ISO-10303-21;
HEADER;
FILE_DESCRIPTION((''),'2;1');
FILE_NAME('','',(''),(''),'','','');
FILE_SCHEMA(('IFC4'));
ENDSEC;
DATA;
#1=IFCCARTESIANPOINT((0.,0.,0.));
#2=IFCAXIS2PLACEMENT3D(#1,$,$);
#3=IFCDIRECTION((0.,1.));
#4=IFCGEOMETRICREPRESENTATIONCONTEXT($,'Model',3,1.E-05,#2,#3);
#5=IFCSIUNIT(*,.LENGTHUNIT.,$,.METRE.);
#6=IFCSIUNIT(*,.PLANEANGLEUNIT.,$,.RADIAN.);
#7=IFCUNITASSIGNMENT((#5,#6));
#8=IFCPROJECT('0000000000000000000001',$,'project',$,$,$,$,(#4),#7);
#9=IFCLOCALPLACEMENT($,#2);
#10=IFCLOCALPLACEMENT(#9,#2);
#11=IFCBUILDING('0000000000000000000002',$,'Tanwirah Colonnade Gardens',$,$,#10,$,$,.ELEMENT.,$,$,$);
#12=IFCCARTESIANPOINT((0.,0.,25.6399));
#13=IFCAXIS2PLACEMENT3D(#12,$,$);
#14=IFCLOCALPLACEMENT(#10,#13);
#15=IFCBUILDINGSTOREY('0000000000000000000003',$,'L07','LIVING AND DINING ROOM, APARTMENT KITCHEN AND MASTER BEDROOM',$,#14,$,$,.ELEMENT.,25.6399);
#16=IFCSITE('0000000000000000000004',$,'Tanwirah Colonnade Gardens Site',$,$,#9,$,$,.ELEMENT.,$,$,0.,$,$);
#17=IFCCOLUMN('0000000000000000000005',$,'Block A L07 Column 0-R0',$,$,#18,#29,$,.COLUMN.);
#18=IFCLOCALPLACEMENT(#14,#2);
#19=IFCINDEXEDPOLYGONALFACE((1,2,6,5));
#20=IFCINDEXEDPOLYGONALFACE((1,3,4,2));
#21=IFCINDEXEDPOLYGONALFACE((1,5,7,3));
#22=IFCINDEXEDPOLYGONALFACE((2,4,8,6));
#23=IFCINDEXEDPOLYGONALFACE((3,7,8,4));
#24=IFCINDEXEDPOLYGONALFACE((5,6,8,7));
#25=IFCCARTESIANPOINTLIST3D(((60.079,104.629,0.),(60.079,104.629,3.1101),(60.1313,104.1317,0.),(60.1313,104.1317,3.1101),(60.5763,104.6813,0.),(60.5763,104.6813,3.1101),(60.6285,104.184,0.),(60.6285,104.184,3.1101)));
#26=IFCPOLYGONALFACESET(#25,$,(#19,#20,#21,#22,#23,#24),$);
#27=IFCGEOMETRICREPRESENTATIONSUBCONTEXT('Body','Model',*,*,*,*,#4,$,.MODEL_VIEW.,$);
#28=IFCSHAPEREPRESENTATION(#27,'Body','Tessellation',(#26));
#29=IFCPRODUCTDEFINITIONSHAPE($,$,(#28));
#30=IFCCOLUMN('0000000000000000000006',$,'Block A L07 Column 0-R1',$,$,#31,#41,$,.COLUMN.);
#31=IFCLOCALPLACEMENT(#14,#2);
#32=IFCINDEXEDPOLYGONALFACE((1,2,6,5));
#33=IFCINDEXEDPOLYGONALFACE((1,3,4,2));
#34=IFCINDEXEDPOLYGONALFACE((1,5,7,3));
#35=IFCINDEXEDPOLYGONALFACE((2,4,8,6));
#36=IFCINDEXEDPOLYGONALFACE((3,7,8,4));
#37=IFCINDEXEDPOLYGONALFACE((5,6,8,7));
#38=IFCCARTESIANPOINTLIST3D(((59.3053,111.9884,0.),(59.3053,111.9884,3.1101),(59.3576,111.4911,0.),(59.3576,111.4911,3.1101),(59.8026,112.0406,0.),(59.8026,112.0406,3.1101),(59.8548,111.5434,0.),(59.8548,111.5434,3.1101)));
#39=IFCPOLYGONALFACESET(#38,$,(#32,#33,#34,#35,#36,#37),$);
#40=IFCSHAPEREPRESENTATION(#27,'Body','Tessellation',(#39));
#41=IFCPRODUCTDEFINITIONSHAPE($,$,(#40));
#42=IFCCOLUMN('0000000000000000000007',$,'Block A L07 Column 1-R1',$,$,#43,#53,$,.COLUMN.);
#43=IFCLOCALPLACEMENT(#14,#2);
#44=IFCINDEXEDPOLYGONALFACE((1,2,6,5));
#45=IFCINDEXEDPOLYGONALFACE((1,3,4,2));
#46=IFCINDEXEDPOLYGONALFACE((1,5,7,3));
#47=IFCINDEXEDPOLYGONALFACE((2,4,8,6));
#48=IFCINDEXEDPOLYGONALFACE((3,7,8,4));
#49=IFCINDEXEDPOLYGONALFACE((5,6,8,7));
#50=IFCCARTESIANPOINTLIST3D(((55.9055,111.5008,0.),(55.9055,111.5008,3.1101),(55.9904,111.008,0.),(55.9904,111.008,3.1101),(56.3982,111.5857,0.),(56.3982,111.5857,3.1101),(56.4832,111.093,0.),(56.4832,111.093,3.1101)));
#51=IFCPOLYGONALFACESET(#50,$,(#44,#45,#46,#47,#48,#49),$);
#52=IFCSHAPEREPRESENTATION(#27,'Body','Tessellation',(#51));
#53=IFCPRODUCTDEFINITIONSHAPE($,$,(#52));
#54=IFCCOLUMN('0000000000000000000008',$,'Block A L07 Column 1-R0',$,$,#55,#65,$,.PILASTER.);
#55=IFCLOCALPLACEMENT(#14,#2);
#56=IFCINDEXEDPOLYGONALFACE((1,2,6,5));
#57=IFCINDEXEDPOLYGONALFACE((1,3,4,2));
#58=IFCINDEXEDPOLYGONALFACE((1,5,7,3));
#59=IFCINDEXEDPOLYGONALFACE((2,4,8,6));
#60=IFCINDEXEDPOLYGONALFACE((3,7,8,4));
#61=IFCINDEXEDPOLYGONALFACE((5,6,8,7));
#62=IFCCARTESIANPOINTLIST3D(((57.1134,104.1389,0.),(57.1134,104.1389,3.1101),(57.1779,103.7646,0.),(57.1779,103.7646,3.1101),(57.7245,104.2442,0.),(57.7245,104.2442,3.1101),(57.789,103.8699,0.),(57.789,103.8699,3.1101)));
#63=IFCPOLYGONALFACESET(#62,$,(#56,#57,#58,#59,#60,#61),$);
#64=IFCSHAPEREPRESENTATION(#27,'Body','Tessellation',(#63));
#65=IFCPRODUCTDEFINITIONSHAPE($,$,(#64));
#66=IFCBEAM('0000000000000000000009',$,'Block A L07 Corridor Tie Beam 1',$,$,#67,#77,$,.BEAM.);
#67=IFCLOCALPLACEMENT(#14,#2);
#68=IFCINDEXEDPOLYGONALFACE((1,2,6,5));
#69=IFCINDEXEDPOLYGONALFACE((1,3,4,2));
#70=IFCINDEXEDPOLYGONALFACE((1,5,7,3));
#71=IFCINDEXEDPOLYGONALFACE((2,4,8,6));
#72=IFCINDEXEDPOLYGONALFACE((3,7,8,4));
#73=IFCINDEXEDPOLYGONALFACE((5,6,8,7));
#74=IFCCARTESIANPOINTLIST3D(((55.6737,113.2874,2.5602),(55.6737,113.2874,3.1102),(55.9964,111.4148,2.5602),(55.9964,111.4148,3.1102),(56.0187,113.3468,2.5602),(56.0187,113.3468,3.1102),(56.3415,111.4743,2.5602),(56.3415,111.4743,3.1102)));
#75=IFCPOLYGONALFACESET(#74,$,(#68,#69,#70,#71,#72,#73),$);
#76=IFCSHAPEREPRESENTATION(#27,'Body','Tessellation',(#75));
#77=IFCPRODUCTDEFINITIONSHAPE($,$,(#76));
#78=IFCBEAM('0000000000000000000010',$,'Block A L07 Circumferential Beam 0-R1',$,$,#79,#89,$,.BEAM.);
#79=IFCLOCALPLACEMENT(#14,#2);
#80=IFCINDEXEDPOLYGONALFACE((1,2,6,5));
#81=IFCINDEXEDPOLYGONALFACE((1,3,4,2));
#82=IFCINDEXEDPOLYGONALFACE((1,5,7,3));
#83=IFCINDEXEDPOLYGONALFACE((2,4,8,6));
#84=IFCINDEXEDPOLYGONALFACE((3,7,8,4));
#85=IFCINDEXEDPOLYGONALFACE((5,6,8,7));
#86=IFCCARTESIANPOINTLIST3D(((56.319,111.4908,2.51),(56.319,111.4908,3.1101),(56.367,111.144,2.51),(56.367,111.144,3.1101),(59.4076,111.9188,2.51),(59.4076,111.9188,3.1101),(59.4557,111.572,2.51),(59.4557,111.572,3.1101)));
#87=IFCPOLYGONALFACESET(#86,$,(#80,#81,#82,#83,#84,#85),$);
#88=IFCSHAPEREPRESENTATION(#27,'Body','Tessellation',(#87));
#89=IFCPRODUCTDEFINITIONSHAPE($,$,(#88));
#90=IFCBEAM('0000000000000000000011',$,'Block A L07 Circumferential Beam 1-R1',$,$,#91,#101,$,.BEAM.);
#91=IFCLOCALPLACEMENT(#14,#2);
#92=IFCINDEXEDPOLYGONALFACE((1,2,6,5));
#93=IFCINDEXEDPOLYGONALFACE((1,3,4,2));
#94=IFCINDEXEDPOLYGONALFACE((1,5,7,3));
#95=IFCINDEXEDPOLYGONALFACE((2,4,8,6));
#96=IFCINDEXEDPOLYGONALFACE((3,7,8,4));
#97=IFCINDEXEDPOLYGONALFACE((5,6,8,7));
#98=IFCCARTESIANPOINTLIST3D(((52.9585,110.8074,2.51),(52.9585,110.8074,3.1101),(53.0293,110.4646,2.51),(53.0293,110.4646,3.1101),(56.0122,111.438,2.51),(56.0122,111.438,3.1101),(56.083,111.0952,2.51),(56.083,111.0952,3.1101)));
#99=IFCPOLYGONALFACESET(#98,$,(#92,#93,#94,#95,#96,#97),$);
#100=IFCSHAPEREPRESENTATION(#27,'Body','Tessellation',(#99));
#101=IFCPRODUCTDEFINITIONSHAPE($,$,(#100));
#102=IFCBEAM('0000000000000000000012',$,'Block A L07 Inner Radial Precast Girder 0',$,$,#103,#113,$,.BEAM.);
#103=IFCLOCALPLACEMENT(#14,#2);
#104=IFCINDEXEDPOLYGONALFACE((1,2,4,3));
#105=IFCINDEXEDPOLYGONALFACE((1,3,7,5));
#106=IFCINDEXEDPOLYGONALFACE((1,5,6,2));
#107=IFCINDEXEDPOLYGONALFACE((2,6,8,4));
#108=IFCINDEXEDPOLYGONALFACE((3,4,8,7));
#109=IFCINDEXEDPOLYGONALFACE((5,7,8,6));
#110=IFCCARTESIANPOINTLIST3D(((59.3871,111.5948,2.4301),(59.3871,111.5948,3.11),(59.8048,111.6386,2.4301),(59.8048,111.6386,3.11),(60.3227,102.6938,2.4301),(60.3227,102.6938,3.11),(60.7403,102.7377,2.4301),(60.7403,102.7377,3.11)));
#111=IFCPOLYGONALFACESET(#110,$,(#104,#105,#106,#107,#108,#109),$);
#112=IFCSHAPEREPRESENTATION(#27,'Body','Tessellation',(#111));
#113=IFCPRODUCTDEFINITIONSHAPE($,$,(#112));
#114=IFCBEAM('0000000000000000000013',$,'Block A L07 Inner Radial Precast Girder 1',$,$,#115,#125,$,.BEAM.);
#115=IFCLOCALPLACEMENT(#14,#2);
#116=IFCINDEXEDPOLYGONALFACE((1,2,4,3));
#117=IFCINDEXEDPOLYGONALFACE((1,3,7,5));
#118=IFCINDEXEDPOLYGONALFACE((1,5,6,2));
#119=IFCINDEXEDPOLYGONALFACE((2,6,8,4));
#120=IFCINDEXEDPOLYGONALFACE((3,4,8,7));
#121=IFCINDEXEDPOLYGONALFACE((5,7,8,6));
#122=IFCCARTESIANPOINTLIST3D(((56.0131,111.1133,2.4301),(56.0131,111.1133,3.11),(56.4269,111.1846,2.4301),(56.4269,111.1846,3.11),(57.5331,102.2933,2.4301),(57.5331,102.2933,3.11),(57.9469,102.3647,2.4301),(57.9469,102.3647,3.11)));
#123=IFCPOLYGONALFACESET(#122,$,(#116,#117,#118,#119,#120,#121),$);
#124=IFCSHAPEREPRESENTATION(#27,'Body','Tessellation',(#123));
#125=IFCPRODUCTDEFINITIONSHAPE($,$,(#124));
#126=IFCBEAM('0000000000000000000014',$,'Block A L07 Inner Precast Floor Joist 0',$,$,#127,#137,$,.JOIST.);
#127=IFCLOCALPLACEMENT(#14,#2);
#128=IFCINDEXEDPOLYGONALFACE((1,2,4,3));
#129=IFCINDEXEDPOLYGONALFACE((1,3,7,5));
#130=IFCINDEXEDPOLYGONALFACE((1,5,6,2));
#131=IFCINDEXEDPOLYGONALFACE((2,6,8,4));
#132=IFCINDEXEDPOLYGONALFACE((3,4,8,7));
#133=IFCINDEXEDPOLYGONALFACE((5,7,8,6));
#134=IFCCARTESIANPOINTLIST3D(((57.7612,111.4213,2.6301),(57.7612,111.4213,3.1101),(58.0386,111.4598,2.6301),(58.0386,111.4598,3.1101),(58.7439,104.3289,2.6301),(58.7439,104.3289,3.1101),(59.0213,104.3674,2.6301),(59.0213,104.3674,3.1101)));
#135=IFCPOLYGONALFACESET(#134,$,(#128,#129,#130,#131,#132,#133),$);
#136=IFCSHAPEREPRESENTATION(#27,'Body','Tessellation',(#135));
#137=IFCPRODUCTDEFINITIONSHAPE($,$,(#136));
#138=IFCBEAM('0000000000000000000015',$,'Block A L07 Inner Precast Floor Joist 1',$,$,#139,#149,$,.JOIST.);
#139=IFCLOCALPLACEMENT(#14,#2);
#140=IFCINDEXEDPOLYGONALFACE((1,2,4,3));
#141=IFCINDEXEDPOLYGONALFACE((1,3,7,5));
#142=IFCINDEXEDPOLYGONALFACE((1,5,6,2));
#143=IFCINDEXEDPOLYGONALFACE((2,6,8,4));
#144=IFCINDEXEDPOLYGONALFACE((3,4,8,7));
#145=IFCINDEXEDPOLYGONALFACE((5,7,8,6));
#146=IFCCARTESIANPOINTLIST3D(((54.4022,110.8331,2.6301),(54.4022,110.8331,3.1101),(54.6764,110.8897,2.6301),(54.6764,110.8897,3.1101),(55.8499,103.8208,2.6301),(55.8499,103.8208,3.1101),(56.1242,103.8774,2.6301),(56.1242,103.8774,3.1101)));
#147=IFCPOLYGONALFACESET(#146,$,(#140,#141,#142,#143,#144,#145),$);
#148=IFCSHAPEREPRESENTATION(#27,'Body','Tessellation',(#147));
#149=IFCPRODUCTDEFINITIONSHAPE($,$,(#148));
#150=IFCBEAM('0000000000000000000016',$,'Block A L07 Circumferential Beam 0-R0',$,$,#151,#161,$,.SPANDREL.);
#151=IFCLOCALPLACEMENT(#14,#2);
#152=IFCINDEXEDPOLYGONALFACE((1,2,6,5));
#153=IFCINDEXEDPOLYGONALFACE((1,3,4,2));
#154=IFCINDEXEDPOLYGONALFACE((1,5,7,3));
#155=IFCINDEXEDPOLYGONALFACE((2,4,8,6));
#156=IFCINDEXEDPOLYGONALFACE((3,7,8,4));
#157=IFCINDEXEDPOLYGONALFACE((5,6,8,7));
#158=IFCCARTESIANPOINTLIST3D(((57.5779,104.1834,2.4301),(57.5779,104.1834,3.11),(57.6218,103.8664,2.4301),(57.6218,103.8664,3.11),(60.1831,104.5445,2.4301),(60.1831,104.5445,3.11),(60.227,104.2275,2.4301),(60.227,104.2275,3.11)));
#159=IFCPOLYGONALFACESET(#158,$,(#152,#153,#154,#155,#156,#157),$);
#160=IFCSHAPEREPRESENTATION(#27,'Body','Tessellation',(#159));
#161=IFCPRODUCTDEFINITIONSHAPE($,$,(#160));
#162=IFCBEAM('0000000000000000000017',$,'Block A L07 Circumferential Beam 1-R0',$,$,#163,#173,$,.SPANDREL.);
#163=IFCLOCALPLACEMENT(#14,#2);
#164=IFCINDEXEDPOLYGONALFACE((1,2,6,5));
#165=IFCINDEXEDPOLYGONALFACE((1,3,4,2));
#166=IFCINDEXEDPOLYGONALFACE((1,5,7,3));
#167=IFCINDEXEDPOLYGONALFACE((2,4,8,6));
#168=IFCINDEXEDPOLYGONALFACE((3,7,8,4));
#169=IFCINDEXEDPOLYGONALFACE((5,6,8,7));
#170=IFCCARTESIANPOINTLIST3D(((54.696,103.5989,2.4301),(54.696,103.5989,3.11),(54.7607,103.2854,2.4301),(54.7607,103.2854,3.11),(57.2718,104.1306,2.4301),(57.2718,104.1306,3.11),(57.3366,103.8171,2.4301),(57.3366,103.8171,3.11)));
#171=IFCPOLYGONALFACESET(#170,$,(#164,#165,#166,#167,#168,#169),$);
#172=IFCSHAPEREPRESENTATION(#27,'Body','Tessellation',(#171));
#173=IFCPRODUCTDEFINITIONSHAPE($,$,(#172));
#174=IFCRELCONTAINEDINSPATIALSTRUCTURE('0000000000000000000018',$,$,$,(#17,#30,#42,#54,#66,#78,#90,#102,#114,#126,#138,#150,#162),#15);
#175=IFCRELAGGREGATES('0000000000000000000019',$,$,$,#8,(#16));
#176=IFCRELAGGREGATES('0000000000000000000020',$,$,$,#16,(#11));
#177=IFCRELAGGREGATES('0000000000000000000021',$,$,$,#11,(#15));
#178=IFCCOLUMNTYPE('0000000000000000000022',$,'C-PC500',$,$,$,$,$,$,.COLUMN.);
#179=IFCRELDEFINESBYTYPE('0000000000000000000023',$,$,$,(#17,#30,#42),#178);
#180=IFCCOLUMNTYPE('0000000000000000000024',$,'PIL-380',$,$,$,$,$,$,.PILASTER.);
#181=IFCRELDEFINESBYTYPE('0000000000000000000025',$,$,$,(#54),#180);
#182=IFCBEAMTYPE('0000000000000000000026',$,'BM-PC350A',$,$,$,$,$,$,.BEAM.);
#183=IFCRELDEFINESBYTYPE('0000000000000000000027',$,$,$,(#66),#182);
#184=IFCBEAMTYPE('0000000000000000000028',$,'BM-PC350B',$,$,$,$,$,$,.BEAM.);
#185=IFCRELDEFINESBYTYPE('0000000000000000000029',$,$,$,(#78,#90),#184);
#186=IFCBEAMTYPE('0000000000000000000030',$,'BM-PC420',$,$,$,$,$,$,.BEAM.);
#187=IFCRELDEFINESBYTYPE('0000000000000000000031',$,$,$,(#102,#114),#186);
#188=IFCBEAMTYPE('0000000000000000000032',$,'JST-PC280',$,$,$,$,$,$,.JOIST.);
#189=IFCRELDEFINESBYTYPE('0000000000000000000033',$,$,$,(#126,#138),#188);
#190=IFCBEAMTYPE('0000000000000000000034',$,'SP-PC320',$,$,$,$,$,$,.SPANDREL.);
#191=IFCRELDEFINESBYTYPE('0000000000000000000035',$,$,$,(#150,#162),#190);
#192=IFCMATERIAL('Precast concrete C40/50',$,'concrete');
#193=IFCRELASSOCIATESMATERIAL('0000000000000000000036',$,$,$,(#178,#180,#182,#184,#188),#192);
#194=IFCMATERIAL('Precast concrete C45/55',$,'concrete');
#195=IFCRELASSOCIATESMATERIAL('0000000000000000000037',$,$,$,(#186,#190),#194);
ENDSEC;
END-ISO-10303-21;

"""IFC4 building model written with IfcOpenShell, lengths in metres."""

from ifc_helpers import new_model, si_unit, direction, frame, origin, origin_2d, place, context, subcontext, project, spatial, rectangle, extrude, material, material_profile, profile_set, type_object, element, save


model = new_model("IFC4")

# Units and contexts
model_context = context("Model", 3, precision=1e-05, world=origin(), true_north=direction((0.0, 1.0)))
body_context = subcontext(model_context, "Body", "Model", "MODEL_VIEW")
ifc_project = project(units=[si_unit("LENGTHUNIT", "METRE"), si_unit("PLANEANGLEUNIT", "RADIAN")], contexts=[model_context])

# Site, building, storey
site_placement = place(None, origin())
site = spatial("IfcSite", under=ifc_project, at=site_placement, Name="Tanwirah Colonnade Gardens Site", CompositionType="ELEMENT", RefElevation=0.0)
building_placement = place(site_placement, origin())
building = spatial("IfcBuilding", under=site, at=building_placement, Name="Tanwirah Colonnade Gardens", CompositionType="ELEMENT")
storey_placement = place(building_placement, frame((0.0, 0.0, 25.6399)))
storey = spatial("IfcBuildingStorey", under=building, at=storey_placement, Name="L07", Description="LIVING AND DINING ROOM, APARTMENT KITCHEN AND MASTER BEDROOM", CompositionType="ELEMENT", Elevation=25.6399)

# Columns
ifc_material_1 = material(Name="Precast concrete C40/50", Category="concrete")
ifc_material_profile_1 = material_profile(ifc_material_1, rectangle(XDim=0.5, YDim=0.5, at=origin_2d()), Name="PC-COL 500x500")
ifc_profile_set_1 = profile_set([ifc_material_profile_1], Name="Precast concrete C40/50")
column_type_1 = type_object("IfcColumnType", Name="C-PC500", PredefinedType="COLUMN", material=ifc_profile_set_1)
for number, where, z_axis, x_axis, name in (
    (1, (60.3538, 104.4065, 0.0), (0.0, 0.0, 1.0), (-0.104528, 0.994522, 0.0), "Block A L07 Column 0-R0"),
    (2, (59.5801, 111.7659, 0.0), (0.0, 0.0, 1.0), (-0.104528, 0.994522, 0.0), "Block A L07 Column 0-R1"),
    (3, (56.1943, 111.2969, 0.0), (0.0, 0.0, 1.0), (-0.169827, 0.985474, 0.0), "Block A L07 Column 1-R1"),
):
    element("IfcColumn", number, at=place(storey_placement, frame(where, z_axis=z_axis, x_axis=x_axis)), inside=storey, type_object=column_type_1, Name=name, PredefinedType="COLUMN", context=body_context, shape_type="SweptSolid", body=[
        extrude(rectangle(XDim=0.5, YDim=0.5, at=origin_2d()), origin(), (0.0, 0.0, 1.0), 3.1101),
    ])
ifc_material_profile_2 = material_profile(ifc_material_1, rectangle(XDim=0.3799, YDim=0.6201, at=origin_2d()), Name="PC-PIL 380x620")
ifc_profile_set_2 = profile_set([ifc_material_profile_2], Name="Precast concrete C40/50")
column_type_2 = type_object("IfcColumnType", Name="PIL-380", PredefinedType="PILASTER", material=ifc_profile_set_2)
column_placement = place(storey_placement, frame((57.4512, 104.0044, 0.0), z_axis=(0.0, 0.0, 1.0), x_axis=(-0.169827, 0.985474, 0.0)))
element("IfcColumn", 4, at=column_placement, inside=storey, type_object=column_type_2, Name="Block A L07 Column 1-R0", PredefinedType="PILASTER", context=body_context, shape_type="SweptSolid", body=[
    extrude(rectangle(XDim=0.3799, YDim=0.6201, at=origin_2d()), origin(), (0.0, 0.0, 1.0), 3.1101),
])

# Beams
ifc_material_profile_3 = material_profile(ifc_material_1, rectangle(XDim=0.3501, YDim=0.55, at=origin_2d()), Name="PC-BM 350x550")
ifc_profile_set_3 = profile_set([ifc_material_profile_3], Name="Precast concrete C40/50")
beam_type_1 = type_object("IfcBeamType", Name="BM-PC350A", PredefinedType="BEAM", material=ifc_profile_set_3)
beam_placement = place(storey_placement, frame((56.1689, 111.4446, 2.8352), z_axis=(-0.169855, 0.985469, 0.0), x_axis=(-0.985469, -0.169855, 0.0)))
element("IfcBeam", 5, at=beam_placement, inside=storey, type_object=beam_type_1, Name="Block A L07 Corridor Tie Beam 1", PredefinedType="BEAM", context=body_context, shape_type="SweptSolid", body=[
    extrude(rectangle(XDim=0.3501, YDim=0.55, at=origin_2d()), origin(), (0.0, 0.0, 1.0), 1.9001),
])
ifc_material_profile_4 = material_profile(ifc_material_1, rectangle(XDim=0.3501, YDim=0.6001, at=origin_2d()), Name="PC-BM 350x600")
ifc_profile_set_4 = profile_set([ifc_material_profile_4], Name="Precast concrete C40/50")
beam_type_2 = type_object("IfcBeamType", Name="BM-PC350B", PredefinedType="BEAM", material=ifc_profile_set_4)
for number, where, z_axis, x_axis, name in (
    (6, (59.4316, 111.7454, 2.8101), (-0.990536, -0.137255, 0.0), (0.137255, -0.990536, 0.0), "Block A L07 Circumferential Beam 0-R1"),
    (7, (56.0476, 111.2666, 2.8101), (-0.979336, -0.202241, 0.0), (0.202241, -0.979336, 0.0), "Block A L07 Circumferential Beam 1-R1"),
):
    element("IfcBeam", number, at=place(storey_placement, frame(where, z_axis=z_axis, x_axis=x_axis)), inside=storey, type_object=beam_type_2, Name=name, PredefinedType="BEAM", context=body_context, shape_type="SweptSolid", body=[
        extrude(rectangle(XDim=0.3501, YDim=0.6001, at=origin_2d()), origin(), (0.0, 0.0, 1.0), 3.1182),
    ])
ifc_material_2 = material(Name="Precast concrete C45/55", Category="concrete")
ifc_material_profile_5 = material_profile(ifc_material_2, rectangle(XDim=0.4199, YDim=0.6799, at=origin_2d()), Name="PC-BM 420x680")
ifc_profile_set_5 = profile_set([ifc_material_profile_5], Name="Precast concrete C45/55")
beam_type_3 = type_object("IfcBeamType", Name="BM-PC420", PredefinedType="BEAM", material=ifc_profile_set_5)
for number, where, z_axis, x_axis, name in (
    (8, (59.5959, 111.6167, 2.77), (0.104531, -0.994522, 0.0), (0.994522, 0.104531, 0.0), "Block A L07 Inner Radial Precast Girder 0"),
    (9, (56.22, 111.1489, 2.77), (0.169837, -0.985472, 0.0), (0.985472, 0.169837, 0.0), "Block A L07 Inner Radial Precast Girder 1"),
):
    element("IfcBeam", number, at=place(storey_placement, frame(where, z_axis=z_axis, x_axis=x_axis)), inside=storey, type_object=beam_type_3, Name=name, PredefinedType="BEAM", context=body_context, shape_type="SweptSolid", body=[
        extrude(rectangle(XDim=0.4199, YDim=0.6799, at=origin_2d()), origin(), (0.0, 0.0, 1.0), 8.95),
    ])
ifc_material_profile_6 = material_profile(ifc_material_1, rectangle(XDim=0.28, YDim=0.48, at=origin_2d()), Name="PC-JST 280x480")
ifc_profile_set_6 = profile_set([ifc_material_profile_6], Name="Precast concrete C40/50")
beam_type_4 = type_object("IfcBeamType", Name="JST-PC280", PredefinedType="JOIST", material=ifc_profile_set_6)
for number, where, z_axis, x_axis, name in (
    (10, (58.8826, 104.3481, 2.8701), (-0.137243, 0.990537, 0.0), (-0.990537, -0.137243, 0.0), "Block A L07 Inner Precast Floor Joist 0"),
    (11, (55.9871, 103.8491, 2.8701), (-0.202197, 0.979345, 0.0), (-0.979345, -0.202197, 0.0), "Block A L07 Inner Precast Floor Joist 1"),
):
    element("IfcBeam", number, at=place(storey_placement, frame(where, z_axis=z_axis, x_axis=x_axis)), inside=storey, type_object=beam_type_4, Name=name, PredefinedType="JOIST", context=body_context, shape_type="SweptSolid", body=[
        extrude(rectangle(XDim=0.28, YDim=0.48, at=origin_2d()), origin(), (0.0, 0.0, 1.0), 7.1602),
    ])
ifc_material_profile_7 = material_profile(ifc_material_2, rectangle(XDim=0.3201, YDim=0.6799, at=origin_2d()), Name="PC-SP 320x680")
ifc_profile_set_7 = profile_set([ifc_material_profile_7], Name="Precast concrete C45/55")
beam_type_5 = type_object("IfcBeamType", Name="SP-PC320", PredefinedType="SPANDREL", material=ifc_profile_set_7)
for number, where, z_axis, x_axis, name in (
    (12, (60.2051, 104.386, 2.77), (-0.990531, -0.137288, 0.0), (0.137288, -0.990531, 0.0), "Block A L07 Circumferential Beam 0-R0"),
    (13, (57.3042, 103.9739, 2.77), (-0.979352, -0.202164, 0.0), (0.202164, -0.979352, 0.0), "Block A L07 Circumferential Beam 1-R0"),
):
    element("IfcBeam", number, at=place(storey_placement, frame(where, z_axis=z_axis, x_axis=x_axis)), inside=storey, type_object=beam_type_5, Name=name, PredefinedType="SPANDREL", context=body_context, shape_type="SweptSolid", body=[
        extrude(rectangle(XDim=0.3201, YDim=0.6799, at=origin_2d()), origin(), (0.0, 0.0, 1.0), 2.6301),
    ])

save(model, "model.ifc")
